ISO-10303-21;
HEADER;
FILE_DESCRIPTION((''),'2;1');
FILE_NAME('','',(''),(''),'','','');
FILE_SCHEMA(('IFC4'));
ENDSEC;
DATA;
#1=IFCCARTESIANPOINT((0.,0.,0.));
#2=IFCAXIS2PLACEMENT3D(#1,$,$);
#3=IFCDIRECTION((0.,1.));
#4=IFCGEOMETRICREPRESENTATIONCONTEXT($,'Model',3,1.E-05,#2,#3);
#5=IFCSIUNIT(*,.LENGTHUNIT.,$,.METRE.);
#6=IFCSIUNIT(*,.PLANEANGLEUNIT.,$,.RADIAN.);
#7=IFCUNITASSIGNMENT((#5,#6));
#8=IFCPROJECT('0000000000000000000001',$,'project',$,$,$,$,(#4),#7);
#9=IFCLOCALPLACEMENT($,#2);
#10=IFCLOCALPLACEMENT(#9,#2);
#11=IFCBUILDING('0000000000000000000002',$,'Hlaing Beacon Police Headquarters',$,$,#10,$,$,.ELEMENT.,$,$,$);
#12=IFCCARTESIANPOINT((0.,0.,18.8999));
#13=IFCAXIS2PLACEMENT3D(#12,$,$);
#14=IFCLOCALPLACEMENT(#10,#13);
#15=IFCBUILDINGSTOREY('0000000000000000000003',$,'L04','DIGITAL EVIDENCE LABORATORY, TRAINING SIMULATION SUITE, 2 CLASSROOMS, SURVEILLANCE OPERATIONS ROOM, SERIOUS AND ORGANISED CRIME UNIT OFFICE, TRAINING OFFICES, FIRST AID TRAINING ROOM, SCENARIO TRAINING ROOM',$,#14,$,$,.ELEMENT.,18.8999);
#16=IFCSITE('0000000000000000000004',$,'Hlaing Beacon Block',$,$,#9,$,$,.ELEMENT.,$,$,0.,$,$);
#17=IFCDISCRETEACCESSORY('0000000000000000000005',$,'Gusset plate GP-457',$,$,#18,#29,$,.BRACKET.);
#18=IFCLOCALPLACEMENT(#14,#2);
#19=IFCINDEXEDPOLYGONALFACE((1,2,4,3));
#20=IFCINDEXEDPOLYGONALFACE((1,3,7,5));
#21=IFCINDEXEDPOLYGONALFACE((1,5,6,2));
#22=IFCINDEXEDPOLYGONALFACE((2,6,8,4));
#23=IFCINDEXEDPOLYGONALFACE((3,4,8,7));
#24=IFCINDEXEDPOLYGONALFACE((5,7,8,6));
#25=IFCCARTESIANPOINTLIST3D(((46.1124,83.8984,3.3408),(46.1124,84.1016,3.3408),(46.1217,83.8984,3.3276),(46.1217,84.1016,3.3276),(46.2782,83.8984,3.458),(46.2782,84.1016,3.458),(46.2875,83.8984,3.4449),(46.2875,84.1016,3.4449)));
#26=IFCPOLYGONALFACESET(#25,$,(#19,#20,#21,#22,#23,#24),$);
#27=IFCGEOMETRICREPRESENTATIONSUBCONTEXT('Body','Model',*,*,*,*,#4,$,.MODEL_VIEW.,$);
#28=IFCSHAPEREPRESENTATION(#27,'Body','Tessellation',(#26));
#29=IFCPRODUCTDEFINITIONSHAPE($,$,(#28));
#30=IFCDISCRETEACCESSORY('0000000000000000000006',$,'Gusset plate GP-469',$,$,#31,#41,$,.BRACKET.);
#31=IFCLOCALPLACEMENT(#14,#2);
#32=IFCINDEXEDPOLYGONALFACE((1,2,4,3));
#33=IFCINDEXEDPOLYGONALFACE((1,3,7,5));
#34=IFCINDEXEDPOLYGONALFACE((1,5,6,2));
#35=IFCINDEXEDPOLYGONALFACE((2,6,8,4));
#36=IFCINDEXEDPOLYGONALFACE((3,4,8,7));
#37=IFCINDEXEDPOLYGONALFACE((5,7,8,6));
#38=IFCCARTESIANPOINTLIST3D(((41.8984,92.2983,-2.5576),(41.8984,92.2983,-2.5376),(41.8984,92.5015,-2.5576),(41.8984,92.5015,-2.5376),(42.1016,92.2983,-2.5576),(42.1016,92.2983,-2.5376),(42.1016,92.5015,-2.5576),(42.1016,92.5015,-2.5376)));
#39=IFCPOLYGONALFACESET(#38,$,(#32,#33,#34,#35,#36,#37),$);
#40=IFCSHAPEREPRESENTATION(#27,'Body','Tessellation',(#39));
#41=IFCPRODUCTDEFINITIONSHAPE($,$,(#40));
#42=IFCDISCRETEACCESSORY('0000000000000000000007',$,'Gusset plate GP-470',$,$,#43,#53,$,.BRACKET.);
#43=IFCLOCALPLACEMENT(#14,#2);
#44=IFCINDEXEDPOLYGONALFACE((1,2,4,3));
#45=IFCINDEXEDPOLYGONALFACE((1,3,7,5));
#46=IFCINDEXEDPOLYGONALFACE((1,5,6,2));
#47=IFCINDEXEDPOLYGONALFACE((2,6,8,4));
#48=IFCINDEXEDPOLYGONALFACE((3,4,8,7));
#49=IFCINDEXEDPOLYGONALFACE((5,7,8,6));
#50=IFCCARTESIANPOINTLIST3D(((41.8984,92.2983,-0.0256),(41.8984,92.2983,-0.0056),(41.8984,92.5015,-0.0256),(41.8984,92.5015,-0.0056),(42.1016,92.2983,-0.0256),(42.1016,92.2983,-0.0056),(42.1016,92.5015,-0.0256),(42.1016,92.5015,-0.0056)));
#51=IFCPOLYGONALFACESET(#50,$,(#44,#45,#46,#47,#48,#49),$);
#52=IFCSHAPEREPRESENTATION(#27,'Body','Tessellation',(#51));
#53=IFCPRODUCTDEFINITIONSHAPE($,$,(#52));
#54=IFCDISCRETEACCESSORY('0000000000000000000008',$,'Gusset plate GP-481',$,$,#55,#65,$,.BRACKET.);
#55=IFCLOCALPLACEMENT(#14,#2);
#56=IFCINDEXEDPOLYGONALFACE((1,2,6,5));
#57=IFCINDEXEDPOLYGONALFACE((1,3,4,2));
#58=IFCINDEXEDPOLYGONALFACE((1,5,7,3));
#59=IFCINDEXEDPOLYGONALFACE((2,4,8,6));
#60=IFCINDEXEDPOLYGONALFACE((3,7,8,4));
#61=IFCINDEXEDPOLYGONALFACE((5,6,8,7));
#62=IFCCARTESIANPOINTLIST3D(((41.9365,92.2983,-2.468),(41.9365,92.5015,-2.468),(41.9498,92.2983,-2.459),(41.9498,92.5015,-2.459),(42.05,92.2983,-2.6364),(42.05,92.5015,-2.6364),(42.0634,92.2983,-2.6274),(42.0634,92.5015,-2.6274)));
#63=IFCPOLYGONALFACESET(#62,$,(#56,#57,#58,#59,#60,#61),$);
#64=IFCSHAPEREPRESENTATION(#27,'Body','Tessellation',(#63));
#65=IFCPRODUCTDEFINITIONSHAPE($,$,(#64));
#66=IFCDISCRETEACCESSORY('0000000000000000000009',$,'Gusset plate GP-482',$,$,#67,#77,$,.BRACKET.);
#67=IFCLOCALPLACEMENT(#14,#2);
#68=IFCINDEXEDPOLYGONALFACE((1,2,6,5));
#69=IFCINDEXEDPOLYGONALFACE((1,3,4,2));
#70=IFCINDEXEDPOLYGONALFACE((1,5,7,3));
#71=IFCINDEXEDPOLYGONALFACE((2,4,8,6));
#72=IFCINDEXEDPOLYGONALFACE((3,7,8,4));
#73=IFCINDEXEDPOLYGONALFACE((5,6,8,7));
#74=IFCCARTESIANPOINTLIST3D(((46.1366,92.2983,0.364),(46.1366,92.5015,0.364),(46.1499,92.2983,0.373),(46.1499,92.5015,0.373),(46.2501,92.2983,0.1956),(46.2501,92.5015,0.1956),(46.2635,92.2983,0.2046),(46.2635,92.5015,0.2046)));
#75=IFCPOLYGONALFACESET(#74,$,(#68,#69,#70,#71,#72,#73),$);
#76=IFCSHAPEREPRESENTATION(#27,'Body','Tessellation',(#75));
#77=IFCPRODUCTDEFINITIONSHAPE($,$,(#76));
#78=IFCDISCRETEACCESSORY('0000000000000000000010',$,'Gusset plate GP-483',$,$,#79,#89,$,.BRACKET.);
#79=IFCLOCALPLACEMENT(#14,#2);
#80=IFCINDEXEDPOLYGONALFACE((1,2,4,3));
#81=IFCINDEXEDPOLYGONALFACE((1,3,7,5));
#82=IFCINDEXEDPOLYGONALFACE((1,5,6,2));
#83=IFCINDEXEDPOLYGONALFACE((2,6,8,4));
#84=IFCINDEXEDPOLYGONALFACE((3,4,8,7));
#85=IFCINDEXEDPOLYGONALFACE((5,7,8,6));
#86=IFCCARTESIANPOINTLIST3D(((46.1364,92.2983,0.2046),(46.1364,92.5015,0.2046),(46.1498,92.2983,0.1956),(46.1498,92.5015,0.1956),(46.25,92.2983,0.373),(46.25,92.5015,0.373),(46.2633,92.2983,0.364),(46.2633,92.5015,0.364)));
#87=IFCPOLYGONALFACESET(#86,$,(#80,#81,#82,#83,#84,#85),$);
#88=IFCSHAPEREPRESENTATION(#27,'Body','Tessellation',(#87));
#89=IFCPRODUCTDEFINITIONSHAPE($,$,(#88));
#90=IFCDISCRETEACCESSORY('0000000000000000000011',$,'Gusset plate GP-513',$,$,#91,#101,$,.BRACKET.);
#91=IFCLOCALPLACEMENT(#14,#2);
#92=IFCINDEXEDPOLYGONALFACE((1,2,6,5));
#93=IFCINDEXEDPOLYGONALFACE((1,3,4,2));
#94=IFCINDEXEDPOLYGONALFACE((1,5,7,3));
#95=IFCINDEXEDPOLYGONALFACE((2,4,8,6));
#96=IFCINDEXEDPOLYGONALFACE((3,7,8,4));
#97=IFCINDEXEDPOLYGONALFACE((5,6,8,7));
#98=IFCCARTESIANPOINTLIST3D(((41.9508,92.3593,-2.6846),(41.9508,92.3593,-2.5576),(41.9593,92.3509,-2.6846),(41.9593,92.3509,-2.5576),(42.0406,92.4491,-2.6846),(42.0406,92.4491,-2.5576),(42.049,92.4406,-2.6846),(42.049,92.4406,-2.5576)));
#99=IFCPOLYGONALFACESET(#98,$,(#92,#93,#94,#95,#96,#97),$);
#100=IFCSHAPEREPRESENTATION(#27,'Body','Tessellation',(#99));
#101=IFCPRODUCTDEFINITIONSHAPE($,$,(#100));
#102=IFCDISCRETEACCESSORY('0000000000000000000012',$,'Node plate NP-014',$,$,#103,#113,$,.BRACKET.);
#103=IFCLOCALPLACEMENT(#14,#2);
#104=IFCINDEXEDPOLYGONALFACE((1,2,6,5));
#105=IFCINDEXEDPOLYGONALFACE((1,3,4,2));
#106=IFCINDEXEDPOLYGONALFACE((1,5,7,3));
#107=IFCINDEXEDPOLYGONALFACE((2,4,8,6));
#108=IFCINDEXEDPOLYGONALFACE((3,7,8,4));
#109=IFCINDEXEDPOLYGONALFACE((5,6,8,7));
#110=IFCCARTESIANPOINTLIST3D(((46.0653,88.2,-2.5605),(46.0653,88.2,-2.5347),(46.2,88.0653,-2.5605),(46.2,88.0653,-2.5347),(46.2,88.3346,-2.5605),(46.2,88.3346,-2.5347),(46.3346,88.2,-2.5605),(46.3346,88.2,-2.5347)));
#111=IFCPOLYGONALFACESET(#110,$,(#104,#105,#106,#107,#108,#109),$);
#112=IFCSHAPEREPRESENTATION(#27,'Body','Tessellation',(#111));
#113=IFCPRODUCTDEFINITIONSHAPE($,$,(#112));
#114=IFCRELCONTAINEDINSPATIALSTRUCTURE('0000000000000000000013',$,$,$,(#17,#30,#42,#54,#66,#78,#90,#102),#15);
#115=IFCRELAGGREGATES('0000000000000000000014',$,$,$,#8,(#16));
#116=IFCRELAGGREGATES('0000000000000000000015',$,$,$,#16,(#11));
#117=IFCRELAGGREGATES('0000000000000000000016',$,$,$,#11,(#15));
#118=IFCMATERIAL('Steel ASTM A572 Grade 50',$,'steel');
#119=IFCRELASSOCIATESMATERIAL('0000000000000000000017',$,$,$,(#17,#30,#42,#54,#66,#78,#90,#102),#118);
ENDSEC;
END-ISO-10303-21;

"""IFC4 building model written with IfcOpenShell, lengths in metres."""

from ifc_helpers import new_model, si_unit, direction, frame, origin, origin_2d, place, context, subcontext, project, spatial, rectangle, extrude, material, element, save


model = new_model("IFC4")

# Units and contexts
model_context = context("Model", 3, precision=1e-05, world=origin(), true_north=direction((0.0, 1.0)))
body_context = subcontext(model_context, "Body", "Model", "MODEL_VIEW")
ifc_project = project(units=[si_unit("LENGTHUNIT", "METRE"), si_unit("PLANEANGLEUNIT", "RADIAN")], contexts=[model_context])

# Site, building, storey
site_placement = place(None, origin())
site = spatial("IfcSite", under=ifc_project, at=site_placement, Name="Hlaing Beacon Block", CompositionType="ELEMENT", RefElevation=0.0)
building_placement = place(site_placement, origin())
building = spatial("IfcBuilding", under=site, at=building_placement, Name="Hlaing Beacon Police Headquarters", CompositionType="ELEMENT")
storey_placement = place(building_placement, frame((0.0, 0.0, 18.8999)))
storey = spatial("IfcBuildingStorey", under=building, at=storey_placement, Name="L04", Description="DIGITAL EVIDENCE LABORATORY, TRAINING SIMULATION SUITE, 2 CLASSROOMS, SURVEILLANCE OPERATIONS ROOM, SERIOUS AND ORGANISED CRIME UNIT OFFICE, TRAINING OFFICES, FIRST AID TRAINING ROOM, SCENARIO TRAINING ROOM", CompositionType="ELEMENT", Elevation=18.8999)

# Discrete accessories
ifc_material_1 = material(Name="Steel ASTM A572 Grade 50", Category="steel")
for number, where, z_axis, x_axis, name in (
    (1, (46.2046, 84.0, 3.3862), (-0.577298, 0.0, 0.816533), (0.0, -1.0, 0.0), "Gusset plate GP-457"),
):
    element("IfcDiscreteAccessory", number, at=place(storey_placement, frame(where, z_axis=z_axis, x_axis=x_axis)), inside=storey, material=ifc_material_1, Name=name, PredefinedType="BRACKET", context=body_context, shape_type="SweptSolid", body=[
        extrude(rectangle(XDim=0.2031, YDim=0.2031, at=origin_2d()), origin(), (0.0, 0.0, 1.0), 0.0161),
    ])
for number, where, z_axis, x_axis, name in (
    (2, (42.0, 92.3999, -2.5376), (0.0, 0.0, -1.0), (1.0, 0.0, 0.0), "Gusset plate GP-469"),
    (3, (42.0, 92.3999, -0.0256), (0.0, 0.0, 1.0), (1.0, 0.0, 0.0), "Gusset plate GP-470"),
):
    element("IfcDiscreteAccessory", number, at=place(storey_placement, frame(where, z_axis=z_axis, x_axis=x_axis)), inside=storey, material=ifc_material_1, Name=name, PredefinedType="BRACKET", context=body_context, shape_type="SweptSolid", body=[
        extrude(rectangle(XDim=0.2031, YDim=0.2031, at=origin_2d()), origin(), (0.0, 0.0, 1.0), 0.02),
    ])
for number, where, z_axis, x_axis, name in (
    (4, (42.0066, 92.3999, -2.5432), (-0.82914, 0.0, -0.559042), (0.0, -1.0, 0.0), "Gusset plate GP-481"),
    (5, (46.1934, 92.3999, 0.2798), (0.82914, 0.0, 0.559042), (0.0, 1.0, 0.0), "Gusset plate GP-482"),
    (6, (46.2065, 92.3999, 0.2798), (-0.82914, 0.0, 0.559042), (0.0, -1.0, 0.0), "Gusset plate GP-483"),
):
    element("IfcDiscreteAccessory", number, at=place(storey_placement, frame(where, z_axis=z_axis, x_axis=x_axis)), inside=storey, material=ifc_material_1, Name=name, PredefinedType="BRACKET", context=body_context, shape_type="SweptSolid", body=[
        extrude(rectangle(XDim=0.2031, YDim=0.2031, at=origin_2d()), origin(), (0.0, 0.0, 1.0), 0.0161),
    ])
discrete_accessory_1_placement = place(storey_placement, frame((42.0042, 92.3958, -2.6211), z_axis=(-0.707107, 0.707107, 0.0), x_axis=(-0.707107, -0.707107, 0.0)))
element("IfcDiscreteAccessory", 7, at=discrete_accessory_1_placement, inside=storey, material=ifc_material_1, Name="Gusset plate GP-513", PredefinedType="BRACKET", context=body_context, shape_type="SweptSolid", body=[
    extrude(rectangle(XDim=0.127, YDim=0.127, at=origin_2d()), origin(), (0.0, 0.0, 1.0), 0.012),
])
discrete_accessory_2_placement = place(storey_placement, frame((46.2, 88.2, -2.5605), z_axis=(0.0, 0.0, 1.0), x_axis=(0.707107, 0.707107, 0.0)))
element("IfcDiscreteAccessory", 8, at=discrete_accessory_2_placement, inside=storey, material=ifc_material_1, Name="Node plate NP-014", PredefinedType="BRACKET", context=body_context, shape_type="SweptSolid", body=[
    extrude(rectangle(XDim=0.1904, YDim=0.1904, at=origin_2d()), origin(), (0.0, 0.0, 1.0), 0.0259),
])

save(model, "model.ifc")
